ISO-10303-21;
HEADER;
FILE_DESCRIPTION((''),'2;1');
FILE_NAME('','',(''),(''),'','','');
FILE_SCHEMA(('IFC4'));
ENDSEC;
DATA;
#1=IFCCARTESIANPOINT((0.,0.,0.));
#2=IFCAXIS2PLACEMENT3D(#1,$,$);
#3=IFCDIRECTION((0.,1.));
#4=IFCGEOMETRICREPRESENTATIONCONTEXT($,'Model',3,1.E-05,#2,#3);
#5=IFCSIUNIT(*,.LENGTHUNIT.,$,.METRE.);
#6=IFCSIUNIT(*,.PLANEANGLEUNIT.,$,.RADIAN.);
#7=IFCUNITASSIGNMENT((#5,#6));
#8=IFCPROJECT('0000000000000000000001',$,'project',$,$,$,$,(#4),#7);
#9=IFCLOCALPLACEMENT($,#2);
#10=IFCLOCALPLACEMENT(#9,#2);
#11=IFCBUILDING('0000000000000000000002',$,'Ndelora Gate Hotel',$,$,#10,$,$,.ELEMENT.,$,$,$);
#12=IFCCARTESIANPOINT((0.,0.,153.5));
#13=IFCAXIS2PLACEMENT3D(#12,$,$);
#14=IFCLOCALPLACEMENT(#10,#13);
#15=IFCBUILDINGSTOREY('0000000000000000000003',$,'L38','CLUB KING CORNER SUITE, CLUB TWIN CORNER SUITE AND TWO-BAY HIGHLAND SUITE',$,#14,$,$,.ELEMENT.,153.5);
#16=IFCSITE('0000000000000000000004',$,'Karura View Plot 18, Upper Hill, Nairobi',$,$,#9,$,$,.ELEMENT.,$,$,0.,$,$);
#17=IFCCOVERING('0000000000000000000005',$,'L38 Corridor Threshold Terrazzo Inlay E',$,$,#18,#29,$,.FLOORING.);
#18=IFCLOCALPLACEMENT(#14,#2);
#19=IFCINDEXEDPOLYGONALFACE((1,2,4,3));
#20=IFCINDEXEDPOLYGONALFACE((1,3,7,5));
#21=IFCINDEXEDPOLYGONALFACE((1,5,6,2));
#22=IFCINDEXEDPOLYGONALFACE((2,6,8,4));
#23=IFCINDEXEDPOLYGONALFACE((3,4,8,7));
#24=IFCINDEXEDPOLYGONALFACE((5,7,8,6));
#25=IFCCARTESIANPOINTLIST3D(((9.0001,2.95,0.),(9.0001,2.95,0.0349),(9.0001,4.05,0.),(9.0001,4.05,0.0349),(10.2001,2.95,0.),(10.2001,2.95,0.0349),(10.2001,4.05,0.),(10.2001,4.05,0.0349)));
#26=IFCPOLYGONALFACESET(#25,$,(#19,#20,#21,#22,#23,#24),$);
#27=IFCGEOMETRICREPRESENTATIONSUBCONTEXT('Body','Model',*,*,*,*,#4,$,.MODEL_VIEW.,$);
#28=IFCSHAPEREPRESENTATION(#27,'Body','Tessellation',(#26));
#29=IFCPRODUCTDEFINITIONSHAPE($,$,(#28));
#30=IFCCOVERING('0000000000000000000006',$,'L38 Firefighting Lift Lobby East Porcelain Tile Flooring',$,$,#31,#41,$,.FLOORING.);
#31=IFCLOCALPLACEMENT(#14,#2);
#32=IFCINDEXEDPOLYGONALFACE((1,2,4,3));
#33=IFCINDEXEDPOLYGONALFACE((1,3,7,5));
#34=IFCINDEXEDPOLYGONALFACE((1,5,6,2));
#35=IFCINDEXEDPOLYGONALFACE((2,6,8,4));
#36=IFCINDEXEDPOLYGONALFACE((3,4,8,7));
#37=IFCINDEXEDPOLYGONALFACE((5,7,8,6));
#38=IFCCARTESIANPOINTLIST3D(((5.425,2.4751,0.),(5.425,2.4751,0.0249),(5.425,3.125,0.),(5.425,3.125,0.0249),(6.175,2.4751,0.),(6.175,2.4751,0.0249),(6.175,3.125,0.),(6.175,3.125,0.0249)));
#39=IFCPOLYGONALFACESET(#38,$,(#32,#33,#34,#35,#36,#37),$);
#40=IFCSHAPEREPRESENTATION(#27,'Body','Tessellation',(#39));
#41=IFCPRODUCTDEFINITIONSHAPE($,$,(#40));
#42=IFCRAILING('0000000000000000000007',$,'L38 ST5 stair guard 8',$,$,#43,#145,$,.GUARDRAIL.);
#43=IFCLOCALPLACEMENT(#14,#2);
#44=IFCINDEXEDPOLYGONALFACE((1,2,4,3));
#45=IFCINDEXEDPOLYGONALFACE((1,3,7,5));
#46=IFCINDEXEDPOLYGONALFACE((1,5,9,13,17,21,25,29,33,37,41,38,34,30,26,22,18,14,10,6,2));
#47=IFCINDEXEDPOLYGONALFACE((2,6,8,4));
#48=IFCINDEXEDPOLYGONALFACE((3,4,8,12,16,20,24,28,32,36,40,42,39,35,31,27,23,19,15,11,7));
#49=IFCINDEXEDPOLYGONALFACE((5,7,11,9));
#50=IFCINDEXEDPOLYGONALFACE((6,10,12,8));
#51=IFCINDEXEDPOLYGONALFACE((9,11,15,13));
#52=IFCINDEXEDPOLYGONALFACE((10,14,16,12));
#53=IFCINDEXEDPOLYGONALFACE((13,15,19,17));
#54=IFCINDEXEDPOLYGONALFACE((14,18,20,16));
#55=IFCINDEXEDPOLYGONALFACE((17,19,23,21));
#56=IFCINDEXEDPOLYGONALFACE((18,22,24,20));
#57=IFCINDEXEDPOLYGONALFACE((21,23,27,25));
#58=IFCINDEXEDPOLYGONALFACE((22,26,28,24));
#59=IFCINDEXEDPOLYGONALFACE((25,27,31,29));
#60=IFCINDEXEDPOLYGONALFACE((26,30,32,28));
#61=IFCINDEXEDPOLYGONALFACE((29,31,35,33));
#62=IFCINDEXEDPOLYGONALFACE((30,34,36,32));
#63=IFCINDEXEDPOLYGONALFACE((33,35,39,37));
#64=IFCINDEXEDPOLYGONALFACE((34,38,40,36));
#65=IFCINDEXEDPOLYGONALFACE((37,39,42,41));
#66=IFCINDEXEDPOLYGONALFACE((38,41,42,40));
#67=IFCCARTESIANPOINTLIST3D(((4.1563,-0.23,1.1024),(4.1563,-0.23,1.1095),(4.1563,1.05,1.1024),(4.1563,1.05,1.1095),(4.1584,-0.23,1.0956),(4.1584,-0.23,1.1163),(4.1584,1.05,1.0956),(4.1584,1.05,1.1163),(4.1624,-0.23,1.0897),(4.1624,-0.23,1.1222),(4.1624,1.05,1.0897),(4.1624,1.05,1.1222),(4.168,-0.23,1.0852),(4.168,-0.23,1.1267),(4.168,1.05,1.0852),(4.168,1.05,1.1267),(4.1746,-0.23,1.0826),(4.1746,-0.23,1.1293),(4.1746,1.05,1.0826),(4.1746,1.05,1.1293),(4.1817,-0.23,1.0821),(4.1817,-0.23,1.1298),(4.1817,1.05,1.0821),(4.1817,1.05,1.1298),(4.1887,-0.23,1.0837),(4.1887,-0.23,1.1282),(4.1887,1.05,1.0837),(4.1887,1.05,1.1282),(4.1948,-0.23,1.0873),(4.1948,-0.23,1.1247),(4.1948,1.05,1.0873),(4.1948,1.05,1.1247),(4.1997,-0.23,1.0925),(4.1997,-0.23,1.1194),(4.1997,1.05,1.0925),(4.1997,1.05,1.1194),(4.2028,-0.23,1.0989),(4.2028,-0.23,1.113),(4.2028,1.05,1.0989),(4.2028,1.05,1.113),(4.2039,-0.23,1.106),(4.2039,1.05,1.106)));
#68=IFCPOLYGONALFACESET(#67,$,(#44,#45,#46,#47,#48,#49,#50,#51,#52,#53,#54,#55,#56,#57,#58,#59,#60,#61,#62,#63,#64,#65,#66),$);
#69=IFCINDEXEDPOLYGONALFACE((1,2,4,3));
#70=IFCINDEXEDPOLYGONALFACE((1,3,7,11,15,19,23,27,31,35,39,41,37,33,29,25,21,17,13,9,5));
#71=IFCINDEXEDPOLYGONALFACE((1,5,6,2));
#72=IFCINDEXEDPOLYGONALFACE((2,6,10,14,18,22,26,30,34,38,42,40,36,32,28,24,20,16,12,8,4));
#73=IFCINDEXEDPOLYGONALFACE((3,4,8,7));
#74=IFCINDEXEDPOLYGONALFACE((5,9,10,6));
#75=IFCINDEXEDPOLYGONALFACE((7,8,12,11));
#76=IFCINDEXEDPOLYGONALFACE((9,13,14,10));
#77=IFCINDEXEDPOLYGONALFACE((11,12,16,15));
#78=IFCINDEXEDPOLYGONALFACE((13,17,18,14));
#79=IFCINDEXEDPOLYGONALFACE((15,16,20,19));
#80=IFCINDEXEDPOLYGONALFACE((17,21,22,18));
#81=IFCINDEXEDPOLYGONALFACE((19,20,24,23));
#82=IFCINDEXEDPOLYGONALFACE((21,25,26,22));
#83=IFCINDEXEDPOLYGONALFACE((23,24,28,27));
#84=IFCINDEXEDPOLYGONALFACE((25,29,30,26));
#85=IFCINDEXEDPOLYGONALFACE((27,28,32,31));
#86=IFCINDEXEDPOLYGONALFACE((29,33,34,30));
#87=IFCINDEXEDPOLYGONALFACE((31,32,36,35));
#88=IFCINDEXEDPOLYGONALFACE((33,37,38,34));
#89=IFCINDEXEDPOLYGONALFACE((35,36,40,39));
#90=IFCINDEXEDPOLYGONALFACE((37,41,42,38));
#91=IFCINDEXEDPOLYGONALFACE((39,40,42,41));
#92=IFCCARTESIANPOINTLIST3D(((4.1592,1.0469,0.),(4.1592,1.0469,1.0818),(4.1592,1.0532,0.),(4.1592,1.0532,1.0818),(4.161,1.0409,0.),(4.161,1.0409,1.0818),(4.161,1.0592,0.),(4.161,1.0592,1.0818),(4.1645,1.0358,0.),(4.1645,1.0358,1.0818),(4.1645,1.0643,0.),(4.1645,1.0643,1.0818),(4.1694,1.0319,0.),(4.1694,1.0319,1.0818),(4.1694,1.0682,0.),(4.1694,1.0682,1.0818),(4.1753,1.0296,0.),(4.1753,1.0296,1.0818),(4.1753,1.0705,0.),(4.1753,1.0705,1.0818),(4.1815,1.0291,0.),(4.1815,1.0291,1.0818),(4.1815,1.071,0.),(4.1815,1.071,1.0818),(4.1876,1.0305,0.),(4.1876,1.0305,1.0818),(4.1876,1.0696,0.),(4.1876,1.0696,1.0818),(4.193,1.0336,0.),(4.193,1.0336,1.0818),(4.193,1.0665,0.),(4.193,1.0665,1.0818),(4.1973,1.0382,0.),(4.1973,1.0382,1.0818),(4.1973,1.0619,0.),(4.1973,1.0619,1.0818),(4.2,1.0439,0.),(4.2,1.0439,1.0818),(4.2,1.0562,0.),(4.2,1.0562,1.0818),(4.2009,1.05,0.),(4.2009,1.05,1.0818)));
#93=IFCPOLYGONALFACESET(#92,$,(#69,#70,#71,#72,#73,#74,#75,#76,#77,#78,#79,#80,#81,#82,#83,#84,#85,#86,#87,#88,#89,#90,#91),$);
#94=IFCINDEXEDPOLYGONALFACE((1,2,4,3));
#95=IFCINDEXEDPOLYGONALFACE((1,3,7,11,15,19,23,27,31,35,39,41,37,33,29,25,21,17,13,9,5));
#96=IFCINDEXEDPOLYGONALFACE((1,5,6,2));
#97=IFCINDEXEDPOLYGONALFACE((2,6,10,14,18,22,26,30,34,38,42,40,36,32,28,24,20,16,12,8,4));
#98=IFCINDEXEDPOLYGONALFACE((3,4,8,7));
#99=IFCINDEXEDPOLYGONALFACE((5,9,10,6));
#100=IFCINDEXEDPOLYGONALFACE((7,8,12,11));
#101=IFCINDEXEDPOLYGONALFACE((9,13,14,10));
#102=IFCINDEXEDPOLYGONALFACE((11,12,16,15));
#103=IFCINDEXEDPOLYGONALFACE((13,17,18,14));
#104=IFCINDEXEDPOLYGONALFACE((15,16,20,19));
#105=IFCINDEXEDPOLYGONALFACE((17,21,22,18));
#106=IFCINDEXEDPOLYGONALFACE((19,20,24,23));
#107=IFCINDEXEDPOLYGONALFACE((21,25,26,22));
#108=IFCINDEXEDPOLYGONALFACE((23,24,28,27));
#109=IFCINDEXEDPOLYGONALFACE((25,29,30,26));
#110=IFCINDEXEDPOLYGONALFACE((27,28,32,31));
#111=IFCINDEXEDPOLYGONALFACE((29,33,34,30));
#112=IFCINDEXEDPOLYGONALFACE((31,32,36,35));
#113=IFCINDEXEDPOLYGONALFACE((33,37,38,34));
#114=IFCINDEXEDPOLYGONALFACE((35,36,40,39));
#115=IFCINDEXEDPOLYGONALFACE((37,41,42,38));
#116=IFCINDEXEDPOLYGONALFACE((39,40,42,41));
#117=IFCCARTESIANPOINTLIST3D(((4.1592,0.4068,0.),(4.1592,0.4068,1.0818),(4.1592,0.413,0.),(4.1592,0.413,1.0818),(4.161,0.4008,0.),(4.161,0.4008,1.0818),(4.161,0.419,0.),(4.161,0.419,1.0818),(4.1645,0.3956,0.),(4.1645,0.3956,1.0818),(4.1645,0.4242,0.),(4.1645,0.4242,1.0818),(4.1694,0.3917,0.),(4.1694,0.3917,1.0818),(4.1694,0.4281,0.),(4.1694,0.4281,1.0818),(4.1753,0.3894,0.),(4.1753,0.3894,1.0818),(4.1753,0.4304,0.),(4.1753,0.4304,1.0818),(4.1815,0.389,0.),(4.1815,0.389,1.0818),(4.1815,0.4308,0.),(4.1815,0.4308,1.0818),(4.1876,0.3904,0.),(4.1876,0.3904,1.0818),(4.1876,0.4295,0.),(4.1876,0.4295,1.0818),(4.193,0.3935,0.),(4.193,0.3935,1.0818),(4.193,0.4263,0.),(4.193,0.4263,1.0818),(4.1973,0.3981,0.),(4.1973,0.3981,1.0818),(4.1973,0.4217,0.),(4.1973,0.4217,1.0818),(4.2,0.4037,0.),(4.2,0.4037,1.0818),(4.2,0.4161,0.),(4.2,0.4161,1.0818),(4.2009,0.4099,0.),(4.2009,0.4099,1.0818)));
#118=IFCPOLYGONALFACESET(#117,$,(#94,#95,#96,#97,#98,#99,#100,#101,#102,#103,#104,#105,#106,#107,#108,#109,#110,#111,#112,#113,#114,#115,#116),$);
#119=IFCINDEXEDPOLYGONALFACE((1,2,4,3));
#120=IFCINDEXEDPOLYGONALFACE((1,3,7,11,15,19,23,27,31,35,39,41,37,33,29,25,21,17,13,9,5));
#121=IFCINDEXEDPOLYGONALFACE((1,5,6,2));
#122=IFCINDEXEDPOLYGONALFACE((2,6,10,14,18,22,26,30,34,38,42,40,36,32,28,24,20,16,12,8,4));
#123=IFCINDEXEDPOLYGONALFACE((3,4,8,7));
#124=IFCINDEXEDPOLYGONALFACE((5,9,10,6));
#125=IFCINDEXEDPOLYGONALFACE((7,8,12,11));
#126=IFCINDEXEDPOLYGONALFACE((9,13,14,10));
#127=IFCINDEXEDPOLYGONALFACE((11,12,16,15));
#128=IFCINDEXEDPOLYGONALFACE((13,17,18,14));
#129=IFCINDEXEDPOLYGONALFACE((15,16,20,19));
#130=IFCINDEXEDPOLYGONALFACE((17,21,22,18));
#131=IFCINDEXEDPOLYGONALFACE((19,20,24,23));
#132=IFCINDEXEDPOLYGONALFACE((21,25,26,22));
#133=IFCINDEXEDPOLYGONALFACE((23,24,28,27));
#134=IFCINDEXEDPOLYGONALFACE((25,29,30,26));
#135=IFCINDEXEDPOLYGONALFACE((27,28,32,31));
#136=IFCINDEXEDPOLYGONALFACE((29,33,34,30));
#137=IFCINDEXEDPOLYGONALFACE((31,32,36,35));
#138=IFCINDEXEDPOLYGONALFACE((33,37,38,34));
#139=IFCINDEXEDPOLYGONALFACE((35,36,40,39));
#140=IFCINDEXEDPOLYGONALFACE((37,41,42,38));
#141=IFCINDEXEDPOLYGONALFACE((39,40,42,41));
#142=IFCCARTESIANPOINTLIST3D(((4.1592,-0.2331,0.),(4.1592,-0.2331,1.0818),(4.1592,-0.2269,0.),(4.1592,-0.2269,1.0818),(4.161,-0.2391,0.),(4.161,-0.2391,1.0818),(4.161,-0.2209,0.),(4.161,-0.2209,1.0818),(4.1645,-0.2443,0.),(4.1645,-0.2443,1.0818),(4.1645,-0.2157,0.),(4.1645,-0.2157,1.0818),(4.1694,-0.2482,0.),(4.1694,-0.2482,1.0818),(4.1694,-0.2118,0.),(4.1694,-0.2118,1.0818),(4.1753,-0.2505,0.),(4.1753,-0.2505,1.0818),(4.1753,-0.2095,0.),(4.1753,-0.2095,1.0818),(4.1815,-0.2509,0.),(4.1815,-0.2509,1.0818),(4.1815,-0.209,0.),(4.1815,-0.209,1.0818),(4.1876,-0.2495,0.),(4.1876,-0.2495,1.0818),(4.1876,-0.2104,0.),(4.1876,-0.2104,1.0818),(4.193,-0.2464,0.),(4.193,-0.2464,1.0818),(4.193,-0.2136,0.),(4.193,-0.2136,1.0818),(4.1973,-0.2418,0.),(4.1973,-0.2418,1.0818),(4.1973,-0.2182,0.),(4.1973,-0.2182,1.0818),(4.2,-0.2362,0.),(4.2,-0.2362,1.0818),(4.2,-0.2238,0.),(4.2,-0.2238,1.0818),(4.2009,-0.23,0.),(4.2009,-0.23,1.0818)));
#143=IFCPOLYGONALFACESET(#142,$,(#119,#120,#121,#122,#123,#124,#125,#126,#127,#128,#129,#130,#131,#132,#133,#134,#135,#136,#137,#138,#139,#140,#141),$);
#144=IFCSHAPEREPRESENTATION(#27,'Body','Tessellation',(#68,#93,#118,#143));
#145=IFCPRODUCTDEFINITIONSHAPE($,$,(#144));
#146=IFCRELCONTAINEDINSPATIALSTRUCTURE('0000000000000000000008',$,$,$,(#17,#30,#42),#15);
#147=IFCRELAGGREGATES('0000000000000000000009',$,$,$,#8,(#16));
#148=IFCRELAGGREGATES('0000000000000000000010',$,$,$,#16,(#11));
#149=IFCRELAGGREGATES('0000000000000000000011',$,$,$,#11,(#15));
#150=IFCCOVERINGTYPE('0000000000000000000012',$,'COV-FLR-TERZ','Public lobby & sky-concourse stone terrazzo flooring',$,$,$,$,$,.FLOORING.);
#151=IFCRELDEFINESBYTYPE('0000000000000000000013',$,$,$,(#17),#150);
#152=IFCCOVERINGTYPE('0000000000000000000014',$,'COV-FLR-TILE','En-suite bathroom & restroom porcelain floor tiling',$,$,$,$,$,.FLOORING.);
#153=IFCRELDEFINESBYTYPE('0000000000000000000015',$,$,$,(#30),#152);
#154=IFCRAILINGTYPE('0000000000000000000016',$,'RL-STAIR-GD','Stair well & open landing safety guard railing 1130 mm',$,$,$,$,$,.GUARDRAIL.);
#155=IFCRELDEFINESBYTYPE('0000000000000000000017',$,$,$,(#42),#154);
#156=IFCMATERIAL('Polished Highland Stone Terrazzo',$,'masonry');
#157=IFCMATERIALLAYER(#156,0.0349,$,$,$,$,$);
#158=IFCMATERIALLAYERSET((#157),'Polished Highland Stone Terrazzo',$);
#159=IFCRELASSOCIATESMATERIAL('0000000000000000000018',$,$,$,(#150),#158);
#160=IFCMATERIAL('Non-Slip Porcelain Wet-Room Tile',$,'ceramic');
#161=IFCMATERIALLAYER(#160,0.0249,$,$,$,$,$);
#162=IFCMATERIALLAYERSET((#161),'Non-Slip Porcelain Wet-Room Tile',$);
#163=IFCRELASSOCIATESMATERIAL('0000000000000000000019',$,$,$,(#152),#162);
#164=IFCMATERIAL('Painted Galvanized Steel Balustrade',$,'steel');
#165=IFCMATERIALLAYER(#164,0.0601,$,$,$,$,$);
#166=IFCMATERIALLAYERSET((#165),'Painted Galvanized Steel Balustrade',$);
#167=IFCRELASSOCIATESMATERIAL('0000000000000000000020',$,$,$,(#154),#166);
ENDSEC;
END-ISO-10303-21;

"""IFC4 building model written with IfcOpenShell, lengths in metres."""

from ifc_helpers import new_model, si_unit, direction, frame, origin, origin_2d, place, context, subcontext, project, spatial, rectangle, circle, extrude, material, layer, layer_set, type_object, element, save


model = new_model("IFC4")

# Units and contexts
model_context = context("Model", 3, precision=1e-05, world=origin(), true_north=direction((0.0, 1.0)))
body_context = subcontext(model_context, "Body", "Model", "MODEL_VIEW")
ifc_project = project(units=[si_unit("LENGTHUNIT", "METRE"), si_unit("PLANEANGLEUNIT", "RADIAN")], contexts=[model_context])

# Site, building, storey
site_placement = place(None, origin())
site = spatial("IfcSite", under=ifc_project, at=site_placement, Name="Karura View Plot 18, Upper Hill, Nairobi", CompositionType="ELEMENT", RefElevation=0.0)
building_placement = place(site_placement, origin())
building = spatial("IfcBuilding", under=site, at=building_placement, Name="Ndelora Gate Hotel", CompositionType="ELEMENT")
storey_placement = place(building_placement, frame((0.0, 0.0, 153.5)))
storey = spatial("IfcBuildingStorey", under=building, at=storey_placement, Name="L38", Description="CLUB KING CORNER SUITE, CLUB TWIN CORNER SUITE AND TWO-BAY HIGHLAND SUITE", CompositionType="ELEMENT", Elevation=153.5)

# Coverings
ifc_material_1 = material(Name="Polished Highland Stone Terrazzo", Category="masonry")
ifc_layer_1 = layer(ifc_material_1, 0.0349)
ifc_layer_set_1 = layer_set([ifc_layer_1], Name="Polished Highland Stone Terrazzo")
covering_type_1 = type_object("IfcCoveringType", Name="COV-FLR-TERZ", Description="Public lobby & sky-concourse stone terrazzo flooring", PredefinedType="FLOORING", material=ifc_layer_set_1)
for number, where, z_axis, x_axis, name in (
    (1, (9.6001, 3.5, 0.0), (0.0, 0.0, 1.0), (1.0, 0.0, 0.0), "L38 Corridor Threshold Terrazzo Inlay E"),
):
    element("IfcCovering", number, at=place(storey_placement, frame(where, z_axis=z_axis, x_axis=x_axis)), inside=storey, type_object=covering_type_1, Name=name, PredefinedType="FLOORING", context=body_context, shape_type="SweptSolid", body=[
        extrude(rectangle(XDim=1.2, YDim=1.1001, at=origin_2d()), origin(), (0.0, 0.0, 1.0), 0.0349),
    ])
ifc_material_2 = material(Name="Non-Slip Porcelain Wet-Room Tile", Category="ceramic")
ifc_layer_2 = layer(ifc_material_2, 0.0249)
ifc_layer_set_2 = layer_set([ifc_layer_2], Name="Non-Slip Porcelain Wet-Room Tile")
covering_type_2 = type_object("IfcCoveringType", Name="COV-FLR-TILE", Description="En-suite bathroom & restroom porcelain floor tiling", PredefinedType="FLOORING", material=ifc_layer_set_2)
covering_1_placement = place(storey_placement, frame((5.8, 2.8, 0.0), z_axis=(0.0, 0.0, 1.0), x_axis=(1.0, 0.0, 0.0)))
element("IfcCovering", 2, at=covering_1_placement, inside=storey, type_object=covering_type_2, Name="L38 Firefighting Lift Lobby East Porcelain Tile Flooring", PredefinedType="FLOORING", context=body_context, shape_type="SweptSolid", body=[
    extrude(rectangle(XDim=0.75, YDim=0.6499, at=origin_2d()), origin(), (0.0, 0.0, 1.0), 0.0249),
])

# Railing
ifc_material_3 = material(Name="Painted Galvanized Steel Balustrade", Category="steel")
ifc_layer_3 = layer(ifc_material_3, 0.0601)
ifc_layer_set_3 = layer_set([ifc_layer_3], Name="Painted Galvanized Steel Balustrade")
railing_type = type_object("IfcRailingType", Name="RL-STAIR-GD", Description="Stair well & open landing safety guard railing 1130 mm", PredefinedType="GUARDRAIL", material=ifc_layer_set_3)
for number, where, name in (
    (3, (4.1799, 1.05, 0.0), "L38 ST5 stair guard 8"),
):
    element("IfcRailing", number, at=place(storey_placement, frame(where)), inside=storey, type_object=railing_type, Name=name, PredefinedType="GUARDRAIL", context=body_context, shape_type="SweptSolid", body=[
        extrude(circle(Radius=0.0239, at=origin_2d()), frame((0.0, 0.0, 1.106), z_axis=(0.0, -1.0, 0.0), x_axis=(1.0, 0.0, 0.0)), (0.0, 0.0, 1.0), 1.28),
        extrude(circle(Radius=0.021, at=origin_2d()), origin(), (0.0, 0.0, 1.0), 1.0818),
        extrude(circle(Radius=0.021, at=origin_2d()), frame((0.0, -0.6401, 0.0)), (0.0, 0.0, 1.0), 1.0818),
        extrude(circle(Radius=0.021, at=origin_2d()), frame((0.0, -1.28, 0.0)), (0.0, 0.0, 1.0), 1.0818),
    ])

save(model, "model.ifc")
